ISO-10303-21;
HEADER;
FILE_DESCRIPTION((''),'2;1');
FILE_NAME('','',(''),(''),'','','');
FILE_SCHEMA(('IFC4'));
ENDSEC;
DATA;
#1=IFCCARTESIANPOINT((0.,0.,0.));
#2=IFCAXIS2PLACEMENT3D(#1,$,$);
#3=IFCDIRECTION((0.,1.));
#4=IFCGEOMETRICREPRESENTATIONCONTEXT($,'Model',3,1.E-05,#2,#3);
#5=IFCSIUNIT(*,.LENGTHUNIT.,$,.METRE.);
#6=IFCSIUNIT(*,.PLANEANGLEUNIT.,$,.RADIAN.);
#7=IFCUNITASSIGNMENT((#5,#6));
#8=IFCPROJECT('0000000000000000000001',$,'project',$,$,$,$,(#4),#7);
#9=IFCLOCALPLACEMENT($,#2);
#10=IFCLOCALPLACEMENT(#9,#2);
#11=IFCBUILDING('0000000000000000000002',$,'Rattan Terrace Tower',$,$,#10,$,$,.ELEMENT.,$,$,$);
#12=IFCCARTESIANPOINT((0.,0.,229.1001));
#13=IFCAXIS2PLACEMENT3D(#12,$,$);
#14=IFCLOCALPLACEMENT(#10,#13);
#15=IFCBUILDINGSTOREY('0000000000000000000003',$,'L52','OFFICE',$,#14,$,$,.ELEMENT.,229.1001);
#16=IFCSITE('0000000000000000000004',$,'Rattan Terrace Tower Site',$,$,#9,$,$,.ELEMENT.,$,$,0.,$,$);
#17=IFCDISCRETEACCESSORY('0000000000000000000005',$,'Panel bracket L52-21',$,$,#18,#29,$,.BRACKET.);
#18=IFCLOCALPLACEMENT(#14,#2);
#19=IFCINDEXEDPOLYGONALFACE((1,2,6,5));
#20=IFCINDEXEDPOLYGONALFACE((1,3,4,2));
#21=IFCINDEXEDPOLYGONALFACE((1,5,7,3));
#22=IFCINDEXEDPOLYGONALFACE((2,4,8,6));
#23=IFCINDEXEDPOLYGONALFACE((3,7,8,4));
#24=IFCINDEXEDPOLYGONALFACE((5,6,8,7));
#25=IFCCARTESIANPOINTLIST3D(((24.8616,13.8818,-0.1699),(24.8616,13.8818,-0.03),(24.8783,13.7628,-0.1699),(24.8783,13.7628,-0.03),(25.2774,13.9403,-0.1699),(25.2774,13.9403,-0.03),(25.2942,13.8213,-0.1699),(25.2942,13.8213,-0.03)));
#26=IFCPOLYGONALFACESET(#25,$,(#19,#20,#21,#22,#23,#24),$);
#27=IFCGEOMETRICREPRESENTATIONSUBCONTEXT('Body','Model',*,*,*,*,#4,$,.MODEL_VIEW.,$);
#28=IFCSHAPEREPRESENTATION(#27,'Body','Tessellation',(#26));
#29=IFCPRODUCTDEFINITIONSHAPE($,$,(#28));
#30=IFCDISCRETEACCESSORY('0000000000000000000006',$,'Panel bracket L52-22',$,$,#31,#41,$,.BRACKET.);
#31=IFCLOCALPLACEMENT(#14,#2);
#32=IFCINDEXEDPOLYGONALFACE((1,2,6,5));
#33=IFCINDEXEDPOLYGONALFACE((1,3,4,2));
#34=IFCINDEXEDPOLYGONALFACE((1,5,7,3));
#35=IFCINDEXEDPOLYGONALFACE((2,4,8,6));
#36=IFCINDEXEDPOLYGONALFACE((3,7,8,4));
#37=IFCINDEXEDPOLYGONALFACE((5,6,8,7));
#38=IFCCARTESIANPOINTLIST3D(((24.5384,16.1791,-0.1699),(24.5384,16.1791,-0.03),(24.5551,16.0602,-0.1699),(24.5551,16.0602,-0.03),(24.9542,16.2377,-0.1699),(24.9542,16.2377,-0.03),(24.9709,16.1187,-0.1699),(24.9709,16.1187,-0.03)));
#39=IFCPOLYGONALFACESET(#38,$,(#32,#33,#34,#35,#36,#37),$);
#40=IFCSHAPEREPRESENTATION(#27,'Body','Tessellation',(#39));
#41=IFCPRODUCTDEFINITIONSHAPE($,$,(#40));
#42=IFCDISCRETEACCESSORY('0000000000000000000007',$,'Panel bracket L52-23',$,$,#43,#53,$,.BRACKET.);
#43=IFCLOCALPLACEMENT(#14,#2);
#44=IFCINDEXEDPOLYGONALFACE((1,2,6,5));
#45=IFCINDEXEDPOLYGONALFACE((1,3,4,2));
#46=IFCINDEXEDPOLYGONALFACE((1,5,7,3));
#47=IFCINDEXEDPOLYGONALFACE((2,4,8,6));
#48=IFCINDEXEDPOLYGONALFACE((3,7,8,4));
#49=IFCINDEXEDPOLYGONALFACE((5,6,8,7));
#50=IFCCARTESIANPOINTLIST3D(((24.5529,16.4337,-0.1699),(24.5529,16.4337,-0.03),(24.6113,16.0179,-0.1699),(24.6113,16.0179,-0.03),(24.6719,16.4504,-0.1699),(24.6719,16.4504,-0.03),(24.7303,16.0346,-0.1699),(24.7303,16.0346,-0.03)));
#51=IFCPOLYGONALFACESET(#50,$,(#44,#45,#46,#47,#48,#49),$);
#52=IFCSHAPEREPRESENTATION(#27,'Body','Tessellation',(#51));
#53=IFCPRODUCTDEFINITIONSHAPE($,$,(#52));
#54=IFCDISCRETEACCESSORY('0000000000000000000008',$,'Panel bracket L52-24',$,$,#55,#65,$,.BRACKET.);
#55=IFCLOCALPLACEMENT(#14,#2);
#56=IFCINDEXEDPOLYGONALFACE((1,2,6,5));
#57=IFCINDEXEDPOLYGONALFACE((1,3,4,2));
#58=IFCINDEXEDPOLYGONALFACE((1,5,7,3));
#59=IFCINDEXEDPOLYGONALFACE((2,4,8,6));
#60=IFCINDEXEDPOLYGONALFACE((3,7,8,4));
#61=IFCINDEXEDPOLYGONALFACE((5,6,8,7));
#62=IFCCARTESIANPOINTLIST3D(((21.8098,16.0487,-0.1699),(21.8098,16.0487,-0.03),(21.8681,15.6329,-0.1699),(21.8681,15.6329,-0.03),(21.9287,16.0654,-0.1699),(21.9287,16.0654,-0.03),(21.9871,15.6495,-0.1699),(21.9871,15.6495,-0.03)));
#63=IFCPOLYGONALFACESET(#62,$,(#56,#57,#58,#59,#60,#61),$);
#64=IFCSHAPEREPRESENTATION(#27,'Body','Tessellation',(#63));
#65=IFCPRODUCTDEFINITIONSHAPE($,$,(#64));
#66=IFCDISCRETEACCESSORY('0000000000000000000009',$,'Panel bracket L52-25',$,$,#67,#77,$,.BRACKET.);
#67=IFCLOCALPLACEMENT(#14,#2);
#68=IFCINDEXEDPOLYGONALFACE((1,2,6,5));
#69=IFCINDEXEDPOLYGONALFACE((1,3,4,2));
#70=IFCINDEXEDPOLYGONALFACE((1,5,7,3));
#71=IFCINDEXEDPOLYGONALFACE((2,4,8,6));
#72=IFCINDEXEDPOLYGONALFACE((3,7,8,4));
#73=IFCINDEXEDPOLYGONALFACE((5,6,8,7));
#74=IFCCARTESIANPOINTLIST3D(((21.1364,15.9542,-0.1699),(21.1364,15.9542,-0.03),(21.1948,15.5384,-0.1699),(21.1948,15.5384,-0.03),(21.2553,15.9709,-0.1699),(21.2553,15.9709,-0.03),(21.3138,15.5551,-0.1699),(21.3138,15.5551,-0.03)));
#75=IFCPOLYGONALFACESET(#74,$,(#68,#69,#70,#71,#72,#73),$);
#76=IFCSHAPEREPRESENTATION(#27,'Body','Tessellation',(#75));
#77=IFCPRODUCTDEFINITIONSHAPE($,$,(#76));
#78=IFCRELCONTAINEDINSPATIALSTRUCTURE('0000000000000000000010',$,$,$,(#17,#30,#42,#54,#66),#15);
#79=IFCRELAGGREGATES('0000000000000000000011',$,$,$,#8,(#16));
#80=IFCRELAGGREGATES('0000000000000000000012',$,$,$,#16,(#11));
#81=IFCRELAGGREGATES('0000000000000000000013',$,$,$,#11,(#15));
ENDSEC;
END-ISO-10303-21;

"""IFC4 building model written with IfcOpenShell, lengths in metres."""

from ifc_helpers import new_model, si_unit, direction, frame, origin, origin_2d, place, context, subcontext, project, spatial, rectangle, extrude, element, save


model = new_model("IFC4")

# Units and contexts
model_context = context("Model", 3, precision=1e-05, world=origin(), true_north=direction((0.0, 1.0)))
body_context = subcontext(model_context, "Body", "Model", "MODEL_VIEW")
ifc_project = project(units=[si_unit("LENGTHUNIT", "METRE"), si_unit("PLANEANGLEUNIT", "RADIAN")], contexts=[model_context])

# Site, building, storey
site_placement = place(None, origin())
site = spatial("IfcSite", under=ifc_project, at=site_placement, Name="Rattan Terrace Tower Site", CompositionType="ELEMENT", RefElevation=0.0)
building_placement = place(site_placement, origin())
building = spatial("IfcBuilding", under=site, at=building_placement, Name="Rattan Terrace Tower", CompositionType="ELEMENT")
storey_placement = place(building_placement, frame((0.0, 0.0, 229.1001)))
storey = spatial("IfcBuildingStorey", under=building, at=storey_placement, Name="L52", Description="OFFICE", CompositionType="ELEMENT", Elevation=229.1001)

# Discrete accessories
for number, where, z_axis, x_axis, name in (
    (1, (25.0779, 13.8516, -0.1699), (0.0, 0.0, 1.0), (-0.139321, 0.990247, 0.0), "Panel bracket L52-21"),
    (2, (24.7546, 16.1489, -0.1699), (0.0, 0.0, 1.0), (-0.139321, 0.990247, 0.0), "Panel bracket L52-22"),
    (3, (24.6416, 16.2341, -0.1699), (0.0, 0.0, 1.0), (-0.990293, -0.138994, 0.0), "Panel bracket L52-23"),
    (4, (21.8984, 15.8491, -0.1699), (0.0, 0.0, 1.0), (-0.990293, -0.138994, 0.0), "Panel bracket L52-24"),
    (5, (21.2251, 15.7546, -0.1699), (0.0, 0.0, 1.0), (-0.990267, -0.139177, 0.0), "Panel bracket L52-25"),
):
    element("IfcDiscreteAccessory", number, at=place(storey_placement, frame(where, z_axis=z_axis, x_axis=x_axis)), inside=storey, Name=name, PredefinedType="BRACKET", context=body_context, shape_type="SweptSolid", body=[
        extrude(rectangle(XDim=0.1201, YDim=0.4199, at=origin_2d()), origin(), (0.0, 0.0, 1.0), 0.1399),
    ])

save(model, "model.ifc")
